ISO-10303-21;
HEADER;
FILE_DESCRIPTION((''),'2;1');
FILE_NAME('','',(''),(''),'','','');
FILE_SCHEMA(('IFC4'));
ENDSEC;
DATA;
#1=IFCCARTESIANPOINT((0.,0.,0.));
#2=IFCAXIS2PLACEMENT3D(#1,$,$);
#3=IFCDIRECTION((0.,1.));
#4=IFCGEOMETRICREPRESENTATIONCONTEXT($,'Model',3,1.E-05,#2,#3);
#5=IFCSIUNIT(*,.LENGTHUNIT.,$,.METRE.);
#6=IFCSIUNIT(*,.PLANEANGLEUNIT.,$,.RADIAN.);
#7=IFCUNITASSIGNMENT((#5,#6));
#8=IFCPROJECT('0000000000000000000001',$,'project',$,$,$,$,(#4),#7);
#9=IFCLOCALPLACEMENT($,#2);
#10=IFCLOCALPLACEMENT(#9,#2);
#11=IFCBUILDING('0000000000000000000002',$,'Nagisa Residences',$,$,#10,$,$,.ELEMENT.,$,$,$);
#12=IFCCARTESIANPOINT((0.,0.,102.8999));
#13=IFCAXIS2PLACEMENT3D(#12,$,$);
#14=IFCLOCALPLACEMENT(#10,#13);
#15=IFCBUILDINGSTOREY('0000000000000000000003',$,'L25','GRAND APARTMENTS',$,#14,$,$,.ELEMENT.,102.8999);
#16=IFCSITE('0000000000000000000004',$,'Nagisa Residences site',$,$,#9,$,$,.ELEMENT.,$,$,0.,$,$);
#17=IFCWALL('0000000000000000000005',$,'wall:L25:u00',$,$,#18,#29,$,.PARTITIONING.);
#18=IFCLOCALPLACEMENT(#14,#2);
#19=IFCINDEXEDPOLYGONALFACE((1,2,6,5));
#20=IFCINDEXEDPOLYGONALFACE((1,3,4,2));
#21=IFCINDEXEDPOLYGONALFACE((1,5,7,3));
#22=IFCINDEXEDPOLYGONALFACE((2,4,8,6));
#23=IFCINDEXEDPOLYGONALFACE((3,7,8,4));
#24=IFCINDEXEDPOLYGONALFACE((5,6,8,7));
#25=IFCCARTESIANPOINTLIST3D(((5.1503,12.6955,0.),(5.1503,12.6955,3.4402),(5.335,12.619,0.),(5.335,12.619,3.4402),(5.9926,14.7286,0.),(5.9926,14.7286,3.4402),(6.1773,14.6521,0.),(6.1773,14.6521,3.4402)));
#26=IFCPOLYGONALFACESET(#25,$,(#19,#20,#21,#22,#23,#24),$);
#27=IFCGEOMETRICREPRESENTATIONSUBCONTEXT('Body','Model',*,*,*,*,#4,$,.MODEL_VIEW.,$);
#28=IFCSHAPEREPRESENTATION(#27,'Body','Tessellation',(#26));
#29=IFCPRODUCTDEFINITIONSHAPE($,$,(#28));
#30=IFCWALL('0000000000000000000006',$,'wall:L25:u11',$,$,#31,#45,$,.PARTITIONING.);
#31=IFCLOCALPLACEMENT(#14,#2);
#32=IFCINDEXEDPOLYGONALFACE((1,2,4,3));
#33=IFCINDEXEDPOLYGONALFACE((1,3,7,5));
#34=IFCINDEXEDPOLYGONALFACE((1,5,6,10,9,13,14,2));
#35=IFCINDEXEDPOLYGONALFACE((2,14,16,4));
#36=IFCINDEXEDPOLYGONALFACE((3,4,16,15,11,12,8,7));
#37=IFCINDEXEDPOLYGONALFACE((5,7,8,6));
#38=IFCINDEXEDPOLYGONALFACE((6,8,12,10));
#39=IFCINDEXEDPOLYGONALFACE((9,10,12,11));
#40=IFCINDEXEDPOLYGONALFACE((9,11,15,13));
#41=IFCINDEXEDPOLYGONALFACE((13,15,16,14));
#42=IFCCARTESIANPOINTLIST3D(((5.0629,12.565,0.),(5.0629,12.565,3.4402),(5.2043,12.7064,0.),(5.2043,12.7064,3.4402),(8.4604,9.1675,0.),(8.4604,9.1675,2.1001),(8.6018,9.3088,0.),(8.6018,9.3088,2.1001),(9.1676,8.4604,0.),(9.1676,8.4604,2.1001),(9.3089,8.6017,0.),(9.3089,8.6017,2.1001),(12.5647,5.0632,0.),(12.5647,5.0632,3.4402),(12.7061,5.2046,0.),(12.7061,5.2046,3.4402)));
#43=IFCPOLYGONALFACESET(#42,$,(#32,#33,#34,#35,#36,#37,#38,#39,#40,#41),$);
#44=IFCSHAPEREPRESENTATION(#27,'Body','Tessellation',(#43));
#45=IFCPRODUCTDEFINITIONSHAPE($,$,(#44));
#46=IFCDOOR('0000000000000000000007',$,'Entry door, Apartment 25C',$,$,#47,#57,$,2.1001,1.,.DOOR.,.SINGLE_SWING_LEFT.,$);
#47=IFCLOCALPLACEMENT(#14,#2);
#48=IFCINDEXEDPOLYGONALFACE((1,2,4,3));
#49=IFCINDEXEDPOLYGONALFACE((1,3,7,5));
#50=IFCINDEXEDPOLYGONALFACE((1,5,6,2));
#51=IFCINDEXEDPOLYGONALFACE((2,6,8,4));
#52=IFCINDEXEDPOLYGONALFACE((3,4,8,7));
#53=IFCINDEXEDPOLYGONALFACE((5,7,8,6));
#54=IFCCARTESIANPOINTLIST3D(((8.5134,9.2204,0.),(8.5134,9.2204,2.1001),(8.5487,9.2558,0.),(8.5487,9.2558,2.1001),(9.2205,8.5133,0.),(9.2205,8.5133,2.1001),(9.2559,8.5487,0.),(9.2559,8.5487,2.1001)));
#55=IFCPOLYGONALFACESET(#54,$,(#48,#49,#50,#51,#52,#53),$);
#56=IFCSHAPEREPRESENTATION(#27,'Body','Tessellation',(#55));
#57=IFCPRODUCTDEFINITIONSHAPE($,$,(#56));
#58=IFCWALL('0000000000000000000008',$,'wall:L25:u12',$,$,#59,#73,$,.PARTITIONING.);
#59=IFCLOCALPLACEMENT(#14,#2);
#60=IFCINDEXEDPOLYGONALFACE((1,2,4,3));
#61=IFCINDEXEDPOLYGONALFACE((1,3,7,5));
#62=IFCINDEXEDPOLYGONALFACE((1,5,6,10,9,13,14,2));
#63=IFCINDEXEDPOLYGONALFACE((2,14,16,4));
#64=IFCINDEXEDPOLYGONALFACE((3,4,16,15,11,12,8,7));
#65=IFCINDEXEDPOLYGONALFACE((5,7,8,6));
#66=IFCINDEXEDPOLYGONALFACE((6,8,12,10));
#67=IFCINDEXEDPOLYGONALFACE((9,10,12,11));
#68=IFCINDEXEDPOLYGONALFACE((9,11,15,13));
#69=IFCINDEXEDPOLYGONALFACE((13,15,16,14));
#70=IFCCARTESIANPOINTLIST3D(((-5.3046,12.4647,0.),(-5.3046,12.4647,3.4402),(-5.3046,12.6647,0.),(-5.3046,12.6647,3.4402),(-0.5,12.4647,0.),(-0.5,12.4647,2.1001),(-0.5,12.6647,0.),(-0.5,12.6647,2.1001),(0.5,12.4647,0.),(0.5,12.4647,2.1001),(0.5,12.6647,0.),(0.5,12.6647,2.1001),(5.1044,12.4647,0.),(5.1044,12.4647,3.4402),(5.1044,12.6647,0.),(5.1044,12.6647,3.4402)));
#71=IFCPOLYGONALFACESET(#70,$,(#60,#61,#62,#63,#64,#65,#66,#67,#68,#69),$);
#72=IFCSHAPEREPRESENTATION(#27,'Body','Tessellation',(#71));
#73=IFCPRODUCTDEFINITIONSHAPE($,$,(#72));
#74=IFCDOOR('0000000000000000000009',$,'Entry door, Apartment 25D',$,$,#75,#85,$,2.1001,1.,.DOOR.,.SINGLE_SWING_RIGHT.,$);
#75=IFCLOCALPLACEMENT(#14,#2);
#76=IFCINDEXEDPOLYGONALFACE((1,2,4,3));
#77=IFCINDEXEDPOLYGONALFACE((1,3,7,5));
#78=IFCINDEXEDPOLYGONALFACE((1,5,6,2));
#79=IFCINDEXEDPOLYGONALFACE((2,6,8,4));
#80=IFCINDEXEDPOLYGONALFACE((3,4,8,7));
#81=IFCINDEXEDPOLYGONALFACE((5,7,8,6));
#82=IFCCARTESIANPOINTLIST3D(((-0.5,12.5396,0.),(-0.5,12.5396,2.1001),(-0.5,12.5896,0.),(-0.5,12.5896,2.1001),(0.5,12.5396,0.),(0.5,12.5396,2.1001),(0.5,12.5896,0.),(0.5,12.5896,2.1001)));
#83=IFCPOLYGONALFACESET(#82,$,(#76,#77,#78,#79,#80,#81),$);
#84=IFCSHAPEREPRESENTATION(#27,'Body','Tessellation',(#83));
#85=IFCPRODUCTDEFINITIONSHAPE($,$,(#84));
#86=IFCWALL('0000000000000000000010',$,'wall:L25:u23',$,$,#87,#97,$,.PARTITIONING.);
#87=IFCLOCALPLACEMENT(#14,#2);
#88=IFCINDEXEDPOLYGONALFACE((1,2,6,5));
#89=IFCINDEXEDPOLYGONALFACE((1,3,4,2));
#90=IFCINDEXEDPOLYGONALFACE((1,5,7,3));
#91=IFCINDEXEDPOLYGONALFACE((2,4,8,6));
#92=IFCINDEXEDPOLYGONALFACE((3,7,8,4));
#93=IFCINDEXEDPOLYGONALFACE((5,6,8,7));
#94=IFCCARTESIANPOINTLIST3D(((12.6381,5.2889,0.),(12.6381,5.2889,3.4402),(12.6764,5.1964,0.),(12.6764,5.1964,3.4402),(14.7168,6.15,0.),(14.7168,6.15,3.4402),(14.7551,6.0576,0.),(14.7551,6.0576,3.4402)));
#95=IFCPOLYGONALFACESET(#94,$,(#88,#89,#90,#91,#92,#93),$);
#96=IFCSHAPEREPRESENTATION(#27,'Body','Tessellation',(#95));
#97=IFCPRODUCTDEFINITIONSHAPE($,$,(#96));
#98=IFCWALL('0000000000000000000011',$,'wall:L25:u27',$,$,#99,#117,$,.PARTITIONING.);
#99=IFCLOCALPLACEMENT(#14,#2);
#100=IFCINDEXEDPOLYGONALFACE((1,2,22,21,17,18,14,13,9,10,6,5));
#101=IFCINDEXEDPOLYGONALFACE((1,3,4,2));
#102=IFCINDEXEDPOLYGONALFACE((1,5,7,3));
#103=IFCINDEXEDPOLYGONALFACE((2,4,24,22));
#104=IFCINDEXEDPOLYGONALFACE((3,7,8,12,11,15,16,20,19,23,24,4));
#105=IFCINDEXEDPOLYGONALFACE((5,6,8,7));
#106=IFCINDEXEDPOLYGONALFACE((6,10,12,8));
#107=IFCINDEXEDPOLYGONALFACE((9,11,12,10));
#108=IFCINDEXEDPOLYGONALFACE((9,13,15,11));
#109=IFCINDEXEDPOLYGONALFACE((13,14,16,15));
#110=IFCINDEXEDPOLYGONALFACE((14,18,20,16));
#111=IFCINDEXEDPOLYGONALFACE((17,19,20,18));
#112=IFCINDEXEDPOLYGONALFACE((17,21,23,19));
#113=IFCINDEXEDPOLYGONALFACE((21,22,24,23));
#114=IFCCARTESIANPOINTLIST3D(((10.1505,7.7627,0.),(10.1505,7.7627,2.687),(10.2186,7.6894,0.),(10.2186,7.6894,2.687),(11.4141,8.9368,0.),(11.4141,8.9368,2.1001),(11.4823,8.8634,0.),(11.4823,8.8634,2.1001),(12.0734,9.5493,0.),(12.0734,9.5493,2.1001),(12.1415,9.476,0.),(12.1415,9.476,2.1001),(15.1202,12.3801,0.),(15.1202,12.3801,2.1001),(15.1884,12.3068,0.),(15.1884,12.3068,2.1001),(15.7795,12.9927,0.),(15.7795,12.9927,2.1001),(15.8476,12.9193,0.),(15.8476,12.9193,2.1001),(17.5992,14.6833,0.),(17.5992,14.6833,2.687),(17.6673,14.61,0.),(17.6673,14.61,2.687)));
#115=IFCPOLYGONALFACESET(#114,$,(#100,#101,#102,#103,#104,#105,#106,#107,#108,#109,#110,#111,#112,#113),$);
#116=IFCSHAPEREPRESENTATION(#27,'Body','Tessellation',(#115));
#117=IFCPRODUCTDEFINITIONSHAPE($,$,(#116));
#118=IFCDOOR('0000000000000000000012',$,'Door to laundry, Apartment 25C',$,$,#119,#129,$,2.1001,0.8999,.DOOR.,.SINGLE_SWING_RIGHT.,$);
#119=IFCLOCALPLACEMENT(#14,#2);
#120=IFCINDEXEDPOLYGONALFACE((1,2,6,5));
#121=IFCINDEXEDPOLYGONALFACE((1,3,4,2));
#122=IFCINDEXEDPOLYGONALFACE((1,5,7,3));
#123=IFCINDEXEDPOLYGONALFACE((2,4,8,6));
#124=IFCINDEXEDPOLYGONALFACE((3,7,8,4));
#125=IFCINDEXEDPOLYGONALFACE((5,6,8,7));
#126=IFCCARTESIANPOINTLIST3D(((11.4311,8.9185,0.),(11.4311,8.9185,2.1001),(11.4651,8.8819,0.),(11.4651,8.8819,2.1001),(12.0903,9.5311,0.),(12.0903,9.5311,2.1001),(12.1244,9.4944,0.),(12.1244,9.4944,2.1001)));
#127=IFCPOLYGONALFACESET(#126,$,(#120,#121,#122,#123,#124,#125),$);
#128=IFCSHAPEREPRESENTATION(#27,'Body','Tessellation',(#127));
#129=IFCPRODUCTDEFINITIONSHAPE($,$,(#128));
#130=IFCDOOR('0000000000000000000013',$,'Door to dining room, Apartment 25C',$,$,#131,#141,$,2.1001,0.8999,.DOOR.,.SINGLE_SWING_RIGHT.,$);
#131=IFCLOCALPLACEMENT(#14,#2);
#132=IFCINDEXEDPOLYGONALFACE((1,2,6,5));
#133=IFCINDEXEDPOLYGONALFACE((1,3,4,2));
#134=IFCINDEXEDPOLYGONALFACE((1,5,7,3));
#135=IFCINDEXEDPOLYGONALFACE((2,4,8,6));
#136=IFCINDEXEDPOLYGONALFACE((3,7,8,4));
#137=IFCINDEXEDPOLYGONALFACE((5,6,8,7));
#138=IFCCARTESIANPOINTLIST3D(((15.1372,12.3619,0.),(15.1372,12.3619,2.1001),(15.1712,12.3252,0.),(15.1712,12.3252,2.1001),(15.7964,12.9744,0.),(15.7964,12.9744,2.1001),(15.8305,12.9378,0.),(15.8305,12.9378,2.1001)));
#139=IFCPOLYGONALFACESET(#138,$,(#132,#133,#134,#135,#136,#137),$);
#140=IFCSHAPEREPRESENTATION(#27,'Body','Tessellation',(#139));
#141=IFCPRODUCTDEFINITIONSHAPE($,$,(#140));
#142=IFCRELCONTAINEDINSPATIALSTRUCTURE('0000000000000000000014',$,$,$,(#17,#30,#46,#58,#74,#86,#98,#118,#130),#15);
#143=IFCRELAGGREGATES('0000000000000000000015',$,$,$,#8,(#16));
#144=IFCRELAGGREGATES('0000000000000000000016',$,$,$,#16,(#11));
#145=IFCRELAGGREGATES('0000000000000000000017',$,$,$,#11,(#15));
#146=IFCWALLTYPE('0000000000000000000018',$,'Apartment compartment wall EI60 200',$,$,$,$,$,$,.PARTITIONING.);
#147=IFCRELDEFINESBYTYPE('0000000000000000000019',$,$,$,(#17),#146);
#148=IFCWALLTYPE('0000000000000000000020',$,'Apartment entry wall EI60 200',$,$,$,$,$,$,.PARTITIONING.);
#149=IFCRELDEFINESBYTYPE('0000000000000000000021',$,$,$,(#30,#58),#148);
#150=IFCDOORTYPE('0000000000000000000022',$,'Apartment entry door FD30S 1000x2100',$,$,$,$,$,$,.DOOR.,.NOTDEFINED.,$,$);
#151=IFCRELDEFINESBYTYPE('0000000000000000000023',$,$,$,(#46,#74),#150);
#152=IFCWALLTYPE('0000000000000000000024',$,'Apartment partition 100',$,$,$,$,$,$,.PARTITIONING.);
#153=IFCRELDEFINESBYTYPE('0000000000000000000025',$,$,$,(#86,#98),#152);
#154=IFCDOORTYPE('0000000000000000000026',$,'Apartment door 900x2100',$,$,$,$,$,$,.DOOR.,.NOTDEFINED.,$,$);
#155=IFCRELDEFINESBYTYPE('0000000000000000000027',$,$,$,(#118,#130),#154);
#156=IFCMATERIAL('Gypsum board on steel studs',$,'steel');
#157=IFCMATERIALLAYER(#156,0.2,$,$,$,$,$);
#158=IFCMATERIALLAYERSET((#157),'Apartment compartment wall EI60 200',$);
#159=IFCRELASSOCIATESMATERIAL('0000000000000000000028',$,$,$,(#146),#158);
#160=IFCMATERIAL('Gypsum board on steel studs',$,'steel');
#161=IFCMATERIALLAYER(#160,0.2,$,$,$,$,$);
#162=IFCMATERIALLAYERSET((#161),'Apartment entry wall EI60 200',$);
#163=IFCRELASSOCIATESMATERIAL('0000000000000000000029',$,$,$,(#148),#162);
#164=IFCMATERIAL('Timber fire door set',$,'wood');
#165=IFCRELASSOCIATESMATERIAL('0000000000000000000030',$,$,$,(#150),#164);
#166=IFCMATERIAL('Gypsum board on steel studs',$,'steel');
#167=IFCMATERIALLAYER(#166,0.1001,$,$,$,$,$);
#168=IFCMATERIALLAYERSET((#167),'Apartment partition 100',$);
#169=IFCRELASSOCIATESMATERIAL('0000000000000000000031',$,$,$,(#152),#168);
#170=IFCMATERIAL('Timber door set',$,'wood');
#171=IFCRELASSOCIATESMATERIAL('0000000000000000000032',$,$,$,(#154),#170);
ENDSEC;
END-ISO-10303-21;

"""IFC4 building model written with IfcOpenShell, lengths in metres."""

from ifc_helpers import new_model, si_unit, direction, frame, frame_2d, origin, place, context, subcontext, project, spatial, rectangle, extrude, material, layer, layer_set, type_object, element, fill, save


model = new_model("IFC4")

# Units and contexts
model_context = context("Model", 3, precision=1e-05, world=origin(), true_north=direction((0.0, 1.0)))
body_context = subcontext(model_context, "Body", "Model", "MODEL_VIEW")
ifc_project = project(units=[si_unit("LENGTHUNIT", "METRE"), si_unit("PLANEANGLEUNIT", "RADIAN")], contexts=[model_context])

# Site, building, storey
site_placement = place(None, origin())
site = spatial("IfcSite", under=ifc_project, at=site_placement, Name="Nagisa Residences site", CompositionType="ELEMENT", RefElevation=0.0)
building_placement = place(site_placement, origin())
building = spatial("IfcBuilding", under=site, at=building_placement, Name="Nagisa Residences", CompositionType="ELEMENT")
storey_placement = place(building_placement, frame((0.0, 0.0, 102.8999)))
storey = spatial("IfcBuildingStorey", under=building, at=storey_placement, Name="L25", Description="GRAND APARTMENTS", CompositionType="ELEMENT", Elevation=102.8999)

# Wall
ifc_material_1 = material(Name="Gypsum board on steel studs", Category="steel")
ifc_layer_1 = layer(ifc_material_1, 0.2)
ifc_layer_set_1 = layer_set([ifc_layer_1], Name="Apartment compartment wall EI60 200")
wall_type_1 = type_object("IfcWallType", Name="Apartment compartment wall EI60 200", PredefinedType="PARTITIONING", material=ifc_layer_set_1)
wall_1_placement = place(storey_placement, frame((5.2427, 12.6572, 0.0), z_axis=(0.0, 0.0, 1.0), x_axis=(0.382724, 0.923863, 0.0)))
element("IfcWall", 1, at=wall_1_placement, inside=storey, type_object=wall_type_1, Name="wall:L25:u00", PredefinedType="PARTITIONING", context=body_context, shape_type="SweptSolid", body=[
    extrude(rectangle(XDim=2.2007, YDim=0.2, at=frame_2d((1.1003, 0.0))), origin(), (0.0, 0.0, 1.0), 3.4402),
])

# Walls, openings, doors
ifc_material_2 = material(Name="Gypsum board on steel studs", Category="steel")
ifc_layer_2 = layer(ifc_material_2, 0.2)
ifc_layer_set_2 = layer_set([ifc_layer_2], Name="Apartment entry wall EI60 200")
wall_type_2 = type_object("IfcWallType", Name="Apartment entry wall EI60 200", PredefinedType="PARTITIONING", material=ifc_layer_set_2)
wall_2_placement = place(storey_placement, frame((12.6355, 5.1338, 0.0), z_axis=(0.0, 0.0, 1.0), x_axis=(-0.707107, 0.707107, 0.0)))
wall_2 = element("IfcWall", 2, at=wall_2_placement, inside=storey, type_object=wall_type_2, Name="wall:L25:u11", PredefinedType="PARTITIONING", context=body_context, shape_type="SweptSolid", body=[
    extrude(rectangle(XDim=10.6091, YDim=0.2, at=frame_2d((5.3047, 0.0))), origin(), (0.0, 0.0, 1.0), 3.4402),
])
opening_1_placement = place(wall_2_placement, frame((4.8044, 0.0, 0.0)))
opening_1 = element("IfcOpeningElement", 3, at=opening_1_placement, cuts=wall_2, PredefinedType="OPENING", context=body_context, shape_type="SweptSolid", body=[
    extrude(rectangle(XDim=1.0, YDim=2.1001, at=frame_2d((0.5, 1.05))), frame((0.0, 0.1099, 0.0), z_axis=(0.0, -1.0, 0.0), x_axis=(1.0, 0.0, 0.0)), (0.0, 0.0, 1.0), 0.22),
])
ifc_material_3 = material(Name="Timber fire door set", Category="wood")
door_type_1 = type_object("IfcDoorType", Name="Apartment entry door FD30S 1000x2100", OperationType="NOTDEFINED", PredefinedType="DOOR", material=ifc_material_3)
door_1_placement = place(opening_1_placement, frame((1.0, 0.0, 0.0), x_axis=(-1.0, 0.0, 0.0)))
door_1 = element("IfcDoor", 4, at=door_1_placement, inside=storey, type_object=door_type_1, Name="Entry door, Apartment 25C", OperationType="SINGLE_SWING_LEFT", OverallHeight=2.1001, OverallWidth=1.0, PredefinedType="DOOR", context=body_context, shape_type="SweptSolid", body=[
    extrude(rectangle(XDim=1.0, YDim=2.1001, at=frame_2d((0.5, 1.05))), frame((0.0, 0.0249, 0.0), z_axis=(0.0, -1.0, 0.0), x_axis=(1.0, 0.0, 0.0)), (0.0, 0.0, 1.0), 0.05),
])
fill(opening_1, door_1)
wall_3_placement = place(storey_placement, frame((5.1045, 12.5647, 0.0), z_axis=(0.0, 0.0, 1.0), x_axis=(-1.0, 0.0, 0.0)))
wall_3 = element("IfcWall", 5, at=wall_3_placement, inside=storey, type_object=wall_type_2, Name="wall:L25:u12", PredefinedType="PARTITIONING", context=body_context, shape_type="SweptSolid", body=[
    extrude(rectangle(XDim=10.4089, YDim=0.2, at=frame_2d((5.2046, 0.0))), origin(), (0.0, 0.0, 1.0), 3.4402),
])
opening_2_placement = place(wall_3_placement, frame((4.6045, 0.0, 0.0)))
opening_2 = element("IfcOpeningElement", 6, at=opening_2_placement, cuts=wall_3, PredefinedType="OPENING", context=body_context, shape_type="SweptSolid", body=[
    extrude(rectangle(XDim=1.0, YDim=2.1001, at=frame_2d((0.5, 1.05))), frame((0.0, 0.1099, 0.0), z_axis=(0.0, -1.0, 0.0), x_axis=(1.0, 0.0, 0.0)), (0.0, 0.0, 1.0), 0.22),
])
door_2_placement = place(opening_2_placement, frame((1.0, 0.0, 0.0), x_axis=(-1.0, 0.0, 0.0)))
door_2 = element("IfcDoor", 7, at=door_2_placement, inside=storey, type_object=door_type_1, Name="Entry door, Apartment 25D", OperationType="SINGLE_SWING_RIGHT", OverallHeight=2.1001, OverallWidth=1.0, PredefinedType="DOOR", context=body_context, shape_type="SweptSolid", body=[
    extrude(rectangle(XDim=1.0, YDim=2.1001, at=frame_2d((0.5, 1.05))), frame((0.0, 0.0249, 0.0), z_axis=(0.0, -1.0, 0.0), x_axis=(1.0, 0.0, 0.0)), (0.0, 0.0, 1.0), 0.05),
])
fill(opening_2, door_2)

# Wall
ifc_material_4 = material(Name="Gypsum board on steel studs", Category="steel")
ifc_layer_3 = layer(ifc_material_4, 0.1001)
ifc_layer_set_3 = layer_set([ifc_layer_3], Name="Apartment partition 100")
wall_type_3 = type_object("IfcWallType", Name="Apartment partition 100", PredefinedType="PARTITIONING", material=ifc_layer_set_3)
wall_4_placement = place(storey_placement, frame((12.6572, 5.2427, 0.0), z_axis=(0.0, 0.0, 1.0), x_axis=(0.923865, 0.382719, 0.0)))
element("IfcWall", 8, at=wall_4_placement, inside=storey, type_object=wall_type_3, Name="wall:L25:u23", PredefinedType="PARTITIONING", context=body_context, shape_type="SweptSolid", body=[
    extrude(rectangle(XDim=2.25, YDim=0.1001, at=frame_2d((1.125, 0.0))), origin(), (0.0, 0.0, 1.0), 3.4402),
])

# Wall, openings, doors
wall_5_placement = place(storey_placement, frame((10.1846, 7.7261, 0.0), z_axis=(0.0, 0.0, 1.0), x_axis=(0.732598, 0.680661, 0.0)))
wall_5 = element("IfcWall", 9, at=wall_5_placement, inside=storey, type_object=wall_type_3, Name="wall:L25:u27", PredefinedType="PARTITIONING", context=body_context, shape_type="SweptSolid", body=[
    extrude(rectangle(XDim=10.1675, YDim=0.1001, at=frame_2d((5.0837, 0.0))), origin(), (0.0, 0.0, 1.0), 2.687),
])
opening_3_placement = place(wall_5_placement, frame((1.7249, 0.0, 0.0)))
opening_3 = element("IfcOpeningElement", 10, at=opening_3_placement, cuts=wall_5, PredefinedType="OPENING", context=body_context, shape_type="SweptSolid", body=[
    extrude(rectangle(XDim=0.8999, YDim=2.1001, at=frame_2d((0.45, 1.05))), frame((0.0, 0.0601, 0.0), z_axis=(0.0, -1.0, 0.0), x_axis=(1.0, 0.0, 0.0)), (0.0, 0.0, 1.0), 0.1201),
])
opening_4_placement = place(wall_5_placement, frame((6.7837, 0.0, 0.0)))
opening_4 = element("IfcOpeningElement", 11, at=opening_4_placement, cuts=wall_5, PredefinedType="OPENING", context=body_context, shape_type="SweptSolid", body=[
    extrude(rectangle(XDim=0.8999, YDim=2.1001, at=frame_2d((0.45, 1.05))), frame((0.0, 0.0601, 0.0), z_axis=(0.0, -1.0, 0.0), x_axis=(1.0, 0.0, 0.0)), (0.0, 0.0, 1.0), 0.1201),
])
ifc_material_5 = material(Name="Timber door set", Category="wood")
door_type_2 = type_object("IfcDoorType", Name="Apartment door 900x2100", OperationType="NOTDEFINED", PredefinedType="DOOR", material=ifc_material_5)
door_3_placement = place(opening_3_placement, frame((0.8999, 0.0, 0.0), x_axis=(-1.0, 0.0, 0.0)))
door_3 = element("IfcDoor", 12, at=door_3_placement, inside=storey, type_object=door_type_2, Name="Door to laundry, Apartment 25C", OperationType="SINGLE_SWING_RIGHT", OverallHeight=2.1001, OverallWidth=0.8999, PredefinedType="DOOR", context=body_context, shape_type="SweptSolid", body=[
    extrude(rectangle(XDim=0.8999, YDim=2.1001, at=frame_2d((0.45, 1.05))), frame((0.0, 0.0249, 0.0), z_axis=(0.0, -1.0, 0.0), x_axis=(1.0, 0.0, 0.0)), (0.0, 0.0, 1.0), 0.05),
])
fill(opening_3, door_3)
door_4_placement = place(opening_4_placement, frame((0.8999, 0.0, 0.0), x_axis=(-1.0, 0.0, 0.0)))
door_4 = element("IfcDoor", 13, at=door_4_placement, inside=storey, type_object=door_type_2, Name="Door to dining room, Apartment 25C", OperationType="SINGLE_SWING_RIGHT", OverallHeight=2.1001, OverallWidth=0.8999, PredefinedType="DOOR", context=body_context, shape_type="SweptSolid", body=[
    extrude(rectangle(XDim=0.8999, YDim=2.1001, at=frame_2d((0.45, 1.05))), frame((0.0, 0.0249, 0.0), z_axis=(0.0, -1.0, 0.0), x_axis=(1.0, 0.0, 0.0)), (0.0, 0.0, 1.0), 0.05),
])
fill(opening_4, door_4)

save(model, "model.ifc")
